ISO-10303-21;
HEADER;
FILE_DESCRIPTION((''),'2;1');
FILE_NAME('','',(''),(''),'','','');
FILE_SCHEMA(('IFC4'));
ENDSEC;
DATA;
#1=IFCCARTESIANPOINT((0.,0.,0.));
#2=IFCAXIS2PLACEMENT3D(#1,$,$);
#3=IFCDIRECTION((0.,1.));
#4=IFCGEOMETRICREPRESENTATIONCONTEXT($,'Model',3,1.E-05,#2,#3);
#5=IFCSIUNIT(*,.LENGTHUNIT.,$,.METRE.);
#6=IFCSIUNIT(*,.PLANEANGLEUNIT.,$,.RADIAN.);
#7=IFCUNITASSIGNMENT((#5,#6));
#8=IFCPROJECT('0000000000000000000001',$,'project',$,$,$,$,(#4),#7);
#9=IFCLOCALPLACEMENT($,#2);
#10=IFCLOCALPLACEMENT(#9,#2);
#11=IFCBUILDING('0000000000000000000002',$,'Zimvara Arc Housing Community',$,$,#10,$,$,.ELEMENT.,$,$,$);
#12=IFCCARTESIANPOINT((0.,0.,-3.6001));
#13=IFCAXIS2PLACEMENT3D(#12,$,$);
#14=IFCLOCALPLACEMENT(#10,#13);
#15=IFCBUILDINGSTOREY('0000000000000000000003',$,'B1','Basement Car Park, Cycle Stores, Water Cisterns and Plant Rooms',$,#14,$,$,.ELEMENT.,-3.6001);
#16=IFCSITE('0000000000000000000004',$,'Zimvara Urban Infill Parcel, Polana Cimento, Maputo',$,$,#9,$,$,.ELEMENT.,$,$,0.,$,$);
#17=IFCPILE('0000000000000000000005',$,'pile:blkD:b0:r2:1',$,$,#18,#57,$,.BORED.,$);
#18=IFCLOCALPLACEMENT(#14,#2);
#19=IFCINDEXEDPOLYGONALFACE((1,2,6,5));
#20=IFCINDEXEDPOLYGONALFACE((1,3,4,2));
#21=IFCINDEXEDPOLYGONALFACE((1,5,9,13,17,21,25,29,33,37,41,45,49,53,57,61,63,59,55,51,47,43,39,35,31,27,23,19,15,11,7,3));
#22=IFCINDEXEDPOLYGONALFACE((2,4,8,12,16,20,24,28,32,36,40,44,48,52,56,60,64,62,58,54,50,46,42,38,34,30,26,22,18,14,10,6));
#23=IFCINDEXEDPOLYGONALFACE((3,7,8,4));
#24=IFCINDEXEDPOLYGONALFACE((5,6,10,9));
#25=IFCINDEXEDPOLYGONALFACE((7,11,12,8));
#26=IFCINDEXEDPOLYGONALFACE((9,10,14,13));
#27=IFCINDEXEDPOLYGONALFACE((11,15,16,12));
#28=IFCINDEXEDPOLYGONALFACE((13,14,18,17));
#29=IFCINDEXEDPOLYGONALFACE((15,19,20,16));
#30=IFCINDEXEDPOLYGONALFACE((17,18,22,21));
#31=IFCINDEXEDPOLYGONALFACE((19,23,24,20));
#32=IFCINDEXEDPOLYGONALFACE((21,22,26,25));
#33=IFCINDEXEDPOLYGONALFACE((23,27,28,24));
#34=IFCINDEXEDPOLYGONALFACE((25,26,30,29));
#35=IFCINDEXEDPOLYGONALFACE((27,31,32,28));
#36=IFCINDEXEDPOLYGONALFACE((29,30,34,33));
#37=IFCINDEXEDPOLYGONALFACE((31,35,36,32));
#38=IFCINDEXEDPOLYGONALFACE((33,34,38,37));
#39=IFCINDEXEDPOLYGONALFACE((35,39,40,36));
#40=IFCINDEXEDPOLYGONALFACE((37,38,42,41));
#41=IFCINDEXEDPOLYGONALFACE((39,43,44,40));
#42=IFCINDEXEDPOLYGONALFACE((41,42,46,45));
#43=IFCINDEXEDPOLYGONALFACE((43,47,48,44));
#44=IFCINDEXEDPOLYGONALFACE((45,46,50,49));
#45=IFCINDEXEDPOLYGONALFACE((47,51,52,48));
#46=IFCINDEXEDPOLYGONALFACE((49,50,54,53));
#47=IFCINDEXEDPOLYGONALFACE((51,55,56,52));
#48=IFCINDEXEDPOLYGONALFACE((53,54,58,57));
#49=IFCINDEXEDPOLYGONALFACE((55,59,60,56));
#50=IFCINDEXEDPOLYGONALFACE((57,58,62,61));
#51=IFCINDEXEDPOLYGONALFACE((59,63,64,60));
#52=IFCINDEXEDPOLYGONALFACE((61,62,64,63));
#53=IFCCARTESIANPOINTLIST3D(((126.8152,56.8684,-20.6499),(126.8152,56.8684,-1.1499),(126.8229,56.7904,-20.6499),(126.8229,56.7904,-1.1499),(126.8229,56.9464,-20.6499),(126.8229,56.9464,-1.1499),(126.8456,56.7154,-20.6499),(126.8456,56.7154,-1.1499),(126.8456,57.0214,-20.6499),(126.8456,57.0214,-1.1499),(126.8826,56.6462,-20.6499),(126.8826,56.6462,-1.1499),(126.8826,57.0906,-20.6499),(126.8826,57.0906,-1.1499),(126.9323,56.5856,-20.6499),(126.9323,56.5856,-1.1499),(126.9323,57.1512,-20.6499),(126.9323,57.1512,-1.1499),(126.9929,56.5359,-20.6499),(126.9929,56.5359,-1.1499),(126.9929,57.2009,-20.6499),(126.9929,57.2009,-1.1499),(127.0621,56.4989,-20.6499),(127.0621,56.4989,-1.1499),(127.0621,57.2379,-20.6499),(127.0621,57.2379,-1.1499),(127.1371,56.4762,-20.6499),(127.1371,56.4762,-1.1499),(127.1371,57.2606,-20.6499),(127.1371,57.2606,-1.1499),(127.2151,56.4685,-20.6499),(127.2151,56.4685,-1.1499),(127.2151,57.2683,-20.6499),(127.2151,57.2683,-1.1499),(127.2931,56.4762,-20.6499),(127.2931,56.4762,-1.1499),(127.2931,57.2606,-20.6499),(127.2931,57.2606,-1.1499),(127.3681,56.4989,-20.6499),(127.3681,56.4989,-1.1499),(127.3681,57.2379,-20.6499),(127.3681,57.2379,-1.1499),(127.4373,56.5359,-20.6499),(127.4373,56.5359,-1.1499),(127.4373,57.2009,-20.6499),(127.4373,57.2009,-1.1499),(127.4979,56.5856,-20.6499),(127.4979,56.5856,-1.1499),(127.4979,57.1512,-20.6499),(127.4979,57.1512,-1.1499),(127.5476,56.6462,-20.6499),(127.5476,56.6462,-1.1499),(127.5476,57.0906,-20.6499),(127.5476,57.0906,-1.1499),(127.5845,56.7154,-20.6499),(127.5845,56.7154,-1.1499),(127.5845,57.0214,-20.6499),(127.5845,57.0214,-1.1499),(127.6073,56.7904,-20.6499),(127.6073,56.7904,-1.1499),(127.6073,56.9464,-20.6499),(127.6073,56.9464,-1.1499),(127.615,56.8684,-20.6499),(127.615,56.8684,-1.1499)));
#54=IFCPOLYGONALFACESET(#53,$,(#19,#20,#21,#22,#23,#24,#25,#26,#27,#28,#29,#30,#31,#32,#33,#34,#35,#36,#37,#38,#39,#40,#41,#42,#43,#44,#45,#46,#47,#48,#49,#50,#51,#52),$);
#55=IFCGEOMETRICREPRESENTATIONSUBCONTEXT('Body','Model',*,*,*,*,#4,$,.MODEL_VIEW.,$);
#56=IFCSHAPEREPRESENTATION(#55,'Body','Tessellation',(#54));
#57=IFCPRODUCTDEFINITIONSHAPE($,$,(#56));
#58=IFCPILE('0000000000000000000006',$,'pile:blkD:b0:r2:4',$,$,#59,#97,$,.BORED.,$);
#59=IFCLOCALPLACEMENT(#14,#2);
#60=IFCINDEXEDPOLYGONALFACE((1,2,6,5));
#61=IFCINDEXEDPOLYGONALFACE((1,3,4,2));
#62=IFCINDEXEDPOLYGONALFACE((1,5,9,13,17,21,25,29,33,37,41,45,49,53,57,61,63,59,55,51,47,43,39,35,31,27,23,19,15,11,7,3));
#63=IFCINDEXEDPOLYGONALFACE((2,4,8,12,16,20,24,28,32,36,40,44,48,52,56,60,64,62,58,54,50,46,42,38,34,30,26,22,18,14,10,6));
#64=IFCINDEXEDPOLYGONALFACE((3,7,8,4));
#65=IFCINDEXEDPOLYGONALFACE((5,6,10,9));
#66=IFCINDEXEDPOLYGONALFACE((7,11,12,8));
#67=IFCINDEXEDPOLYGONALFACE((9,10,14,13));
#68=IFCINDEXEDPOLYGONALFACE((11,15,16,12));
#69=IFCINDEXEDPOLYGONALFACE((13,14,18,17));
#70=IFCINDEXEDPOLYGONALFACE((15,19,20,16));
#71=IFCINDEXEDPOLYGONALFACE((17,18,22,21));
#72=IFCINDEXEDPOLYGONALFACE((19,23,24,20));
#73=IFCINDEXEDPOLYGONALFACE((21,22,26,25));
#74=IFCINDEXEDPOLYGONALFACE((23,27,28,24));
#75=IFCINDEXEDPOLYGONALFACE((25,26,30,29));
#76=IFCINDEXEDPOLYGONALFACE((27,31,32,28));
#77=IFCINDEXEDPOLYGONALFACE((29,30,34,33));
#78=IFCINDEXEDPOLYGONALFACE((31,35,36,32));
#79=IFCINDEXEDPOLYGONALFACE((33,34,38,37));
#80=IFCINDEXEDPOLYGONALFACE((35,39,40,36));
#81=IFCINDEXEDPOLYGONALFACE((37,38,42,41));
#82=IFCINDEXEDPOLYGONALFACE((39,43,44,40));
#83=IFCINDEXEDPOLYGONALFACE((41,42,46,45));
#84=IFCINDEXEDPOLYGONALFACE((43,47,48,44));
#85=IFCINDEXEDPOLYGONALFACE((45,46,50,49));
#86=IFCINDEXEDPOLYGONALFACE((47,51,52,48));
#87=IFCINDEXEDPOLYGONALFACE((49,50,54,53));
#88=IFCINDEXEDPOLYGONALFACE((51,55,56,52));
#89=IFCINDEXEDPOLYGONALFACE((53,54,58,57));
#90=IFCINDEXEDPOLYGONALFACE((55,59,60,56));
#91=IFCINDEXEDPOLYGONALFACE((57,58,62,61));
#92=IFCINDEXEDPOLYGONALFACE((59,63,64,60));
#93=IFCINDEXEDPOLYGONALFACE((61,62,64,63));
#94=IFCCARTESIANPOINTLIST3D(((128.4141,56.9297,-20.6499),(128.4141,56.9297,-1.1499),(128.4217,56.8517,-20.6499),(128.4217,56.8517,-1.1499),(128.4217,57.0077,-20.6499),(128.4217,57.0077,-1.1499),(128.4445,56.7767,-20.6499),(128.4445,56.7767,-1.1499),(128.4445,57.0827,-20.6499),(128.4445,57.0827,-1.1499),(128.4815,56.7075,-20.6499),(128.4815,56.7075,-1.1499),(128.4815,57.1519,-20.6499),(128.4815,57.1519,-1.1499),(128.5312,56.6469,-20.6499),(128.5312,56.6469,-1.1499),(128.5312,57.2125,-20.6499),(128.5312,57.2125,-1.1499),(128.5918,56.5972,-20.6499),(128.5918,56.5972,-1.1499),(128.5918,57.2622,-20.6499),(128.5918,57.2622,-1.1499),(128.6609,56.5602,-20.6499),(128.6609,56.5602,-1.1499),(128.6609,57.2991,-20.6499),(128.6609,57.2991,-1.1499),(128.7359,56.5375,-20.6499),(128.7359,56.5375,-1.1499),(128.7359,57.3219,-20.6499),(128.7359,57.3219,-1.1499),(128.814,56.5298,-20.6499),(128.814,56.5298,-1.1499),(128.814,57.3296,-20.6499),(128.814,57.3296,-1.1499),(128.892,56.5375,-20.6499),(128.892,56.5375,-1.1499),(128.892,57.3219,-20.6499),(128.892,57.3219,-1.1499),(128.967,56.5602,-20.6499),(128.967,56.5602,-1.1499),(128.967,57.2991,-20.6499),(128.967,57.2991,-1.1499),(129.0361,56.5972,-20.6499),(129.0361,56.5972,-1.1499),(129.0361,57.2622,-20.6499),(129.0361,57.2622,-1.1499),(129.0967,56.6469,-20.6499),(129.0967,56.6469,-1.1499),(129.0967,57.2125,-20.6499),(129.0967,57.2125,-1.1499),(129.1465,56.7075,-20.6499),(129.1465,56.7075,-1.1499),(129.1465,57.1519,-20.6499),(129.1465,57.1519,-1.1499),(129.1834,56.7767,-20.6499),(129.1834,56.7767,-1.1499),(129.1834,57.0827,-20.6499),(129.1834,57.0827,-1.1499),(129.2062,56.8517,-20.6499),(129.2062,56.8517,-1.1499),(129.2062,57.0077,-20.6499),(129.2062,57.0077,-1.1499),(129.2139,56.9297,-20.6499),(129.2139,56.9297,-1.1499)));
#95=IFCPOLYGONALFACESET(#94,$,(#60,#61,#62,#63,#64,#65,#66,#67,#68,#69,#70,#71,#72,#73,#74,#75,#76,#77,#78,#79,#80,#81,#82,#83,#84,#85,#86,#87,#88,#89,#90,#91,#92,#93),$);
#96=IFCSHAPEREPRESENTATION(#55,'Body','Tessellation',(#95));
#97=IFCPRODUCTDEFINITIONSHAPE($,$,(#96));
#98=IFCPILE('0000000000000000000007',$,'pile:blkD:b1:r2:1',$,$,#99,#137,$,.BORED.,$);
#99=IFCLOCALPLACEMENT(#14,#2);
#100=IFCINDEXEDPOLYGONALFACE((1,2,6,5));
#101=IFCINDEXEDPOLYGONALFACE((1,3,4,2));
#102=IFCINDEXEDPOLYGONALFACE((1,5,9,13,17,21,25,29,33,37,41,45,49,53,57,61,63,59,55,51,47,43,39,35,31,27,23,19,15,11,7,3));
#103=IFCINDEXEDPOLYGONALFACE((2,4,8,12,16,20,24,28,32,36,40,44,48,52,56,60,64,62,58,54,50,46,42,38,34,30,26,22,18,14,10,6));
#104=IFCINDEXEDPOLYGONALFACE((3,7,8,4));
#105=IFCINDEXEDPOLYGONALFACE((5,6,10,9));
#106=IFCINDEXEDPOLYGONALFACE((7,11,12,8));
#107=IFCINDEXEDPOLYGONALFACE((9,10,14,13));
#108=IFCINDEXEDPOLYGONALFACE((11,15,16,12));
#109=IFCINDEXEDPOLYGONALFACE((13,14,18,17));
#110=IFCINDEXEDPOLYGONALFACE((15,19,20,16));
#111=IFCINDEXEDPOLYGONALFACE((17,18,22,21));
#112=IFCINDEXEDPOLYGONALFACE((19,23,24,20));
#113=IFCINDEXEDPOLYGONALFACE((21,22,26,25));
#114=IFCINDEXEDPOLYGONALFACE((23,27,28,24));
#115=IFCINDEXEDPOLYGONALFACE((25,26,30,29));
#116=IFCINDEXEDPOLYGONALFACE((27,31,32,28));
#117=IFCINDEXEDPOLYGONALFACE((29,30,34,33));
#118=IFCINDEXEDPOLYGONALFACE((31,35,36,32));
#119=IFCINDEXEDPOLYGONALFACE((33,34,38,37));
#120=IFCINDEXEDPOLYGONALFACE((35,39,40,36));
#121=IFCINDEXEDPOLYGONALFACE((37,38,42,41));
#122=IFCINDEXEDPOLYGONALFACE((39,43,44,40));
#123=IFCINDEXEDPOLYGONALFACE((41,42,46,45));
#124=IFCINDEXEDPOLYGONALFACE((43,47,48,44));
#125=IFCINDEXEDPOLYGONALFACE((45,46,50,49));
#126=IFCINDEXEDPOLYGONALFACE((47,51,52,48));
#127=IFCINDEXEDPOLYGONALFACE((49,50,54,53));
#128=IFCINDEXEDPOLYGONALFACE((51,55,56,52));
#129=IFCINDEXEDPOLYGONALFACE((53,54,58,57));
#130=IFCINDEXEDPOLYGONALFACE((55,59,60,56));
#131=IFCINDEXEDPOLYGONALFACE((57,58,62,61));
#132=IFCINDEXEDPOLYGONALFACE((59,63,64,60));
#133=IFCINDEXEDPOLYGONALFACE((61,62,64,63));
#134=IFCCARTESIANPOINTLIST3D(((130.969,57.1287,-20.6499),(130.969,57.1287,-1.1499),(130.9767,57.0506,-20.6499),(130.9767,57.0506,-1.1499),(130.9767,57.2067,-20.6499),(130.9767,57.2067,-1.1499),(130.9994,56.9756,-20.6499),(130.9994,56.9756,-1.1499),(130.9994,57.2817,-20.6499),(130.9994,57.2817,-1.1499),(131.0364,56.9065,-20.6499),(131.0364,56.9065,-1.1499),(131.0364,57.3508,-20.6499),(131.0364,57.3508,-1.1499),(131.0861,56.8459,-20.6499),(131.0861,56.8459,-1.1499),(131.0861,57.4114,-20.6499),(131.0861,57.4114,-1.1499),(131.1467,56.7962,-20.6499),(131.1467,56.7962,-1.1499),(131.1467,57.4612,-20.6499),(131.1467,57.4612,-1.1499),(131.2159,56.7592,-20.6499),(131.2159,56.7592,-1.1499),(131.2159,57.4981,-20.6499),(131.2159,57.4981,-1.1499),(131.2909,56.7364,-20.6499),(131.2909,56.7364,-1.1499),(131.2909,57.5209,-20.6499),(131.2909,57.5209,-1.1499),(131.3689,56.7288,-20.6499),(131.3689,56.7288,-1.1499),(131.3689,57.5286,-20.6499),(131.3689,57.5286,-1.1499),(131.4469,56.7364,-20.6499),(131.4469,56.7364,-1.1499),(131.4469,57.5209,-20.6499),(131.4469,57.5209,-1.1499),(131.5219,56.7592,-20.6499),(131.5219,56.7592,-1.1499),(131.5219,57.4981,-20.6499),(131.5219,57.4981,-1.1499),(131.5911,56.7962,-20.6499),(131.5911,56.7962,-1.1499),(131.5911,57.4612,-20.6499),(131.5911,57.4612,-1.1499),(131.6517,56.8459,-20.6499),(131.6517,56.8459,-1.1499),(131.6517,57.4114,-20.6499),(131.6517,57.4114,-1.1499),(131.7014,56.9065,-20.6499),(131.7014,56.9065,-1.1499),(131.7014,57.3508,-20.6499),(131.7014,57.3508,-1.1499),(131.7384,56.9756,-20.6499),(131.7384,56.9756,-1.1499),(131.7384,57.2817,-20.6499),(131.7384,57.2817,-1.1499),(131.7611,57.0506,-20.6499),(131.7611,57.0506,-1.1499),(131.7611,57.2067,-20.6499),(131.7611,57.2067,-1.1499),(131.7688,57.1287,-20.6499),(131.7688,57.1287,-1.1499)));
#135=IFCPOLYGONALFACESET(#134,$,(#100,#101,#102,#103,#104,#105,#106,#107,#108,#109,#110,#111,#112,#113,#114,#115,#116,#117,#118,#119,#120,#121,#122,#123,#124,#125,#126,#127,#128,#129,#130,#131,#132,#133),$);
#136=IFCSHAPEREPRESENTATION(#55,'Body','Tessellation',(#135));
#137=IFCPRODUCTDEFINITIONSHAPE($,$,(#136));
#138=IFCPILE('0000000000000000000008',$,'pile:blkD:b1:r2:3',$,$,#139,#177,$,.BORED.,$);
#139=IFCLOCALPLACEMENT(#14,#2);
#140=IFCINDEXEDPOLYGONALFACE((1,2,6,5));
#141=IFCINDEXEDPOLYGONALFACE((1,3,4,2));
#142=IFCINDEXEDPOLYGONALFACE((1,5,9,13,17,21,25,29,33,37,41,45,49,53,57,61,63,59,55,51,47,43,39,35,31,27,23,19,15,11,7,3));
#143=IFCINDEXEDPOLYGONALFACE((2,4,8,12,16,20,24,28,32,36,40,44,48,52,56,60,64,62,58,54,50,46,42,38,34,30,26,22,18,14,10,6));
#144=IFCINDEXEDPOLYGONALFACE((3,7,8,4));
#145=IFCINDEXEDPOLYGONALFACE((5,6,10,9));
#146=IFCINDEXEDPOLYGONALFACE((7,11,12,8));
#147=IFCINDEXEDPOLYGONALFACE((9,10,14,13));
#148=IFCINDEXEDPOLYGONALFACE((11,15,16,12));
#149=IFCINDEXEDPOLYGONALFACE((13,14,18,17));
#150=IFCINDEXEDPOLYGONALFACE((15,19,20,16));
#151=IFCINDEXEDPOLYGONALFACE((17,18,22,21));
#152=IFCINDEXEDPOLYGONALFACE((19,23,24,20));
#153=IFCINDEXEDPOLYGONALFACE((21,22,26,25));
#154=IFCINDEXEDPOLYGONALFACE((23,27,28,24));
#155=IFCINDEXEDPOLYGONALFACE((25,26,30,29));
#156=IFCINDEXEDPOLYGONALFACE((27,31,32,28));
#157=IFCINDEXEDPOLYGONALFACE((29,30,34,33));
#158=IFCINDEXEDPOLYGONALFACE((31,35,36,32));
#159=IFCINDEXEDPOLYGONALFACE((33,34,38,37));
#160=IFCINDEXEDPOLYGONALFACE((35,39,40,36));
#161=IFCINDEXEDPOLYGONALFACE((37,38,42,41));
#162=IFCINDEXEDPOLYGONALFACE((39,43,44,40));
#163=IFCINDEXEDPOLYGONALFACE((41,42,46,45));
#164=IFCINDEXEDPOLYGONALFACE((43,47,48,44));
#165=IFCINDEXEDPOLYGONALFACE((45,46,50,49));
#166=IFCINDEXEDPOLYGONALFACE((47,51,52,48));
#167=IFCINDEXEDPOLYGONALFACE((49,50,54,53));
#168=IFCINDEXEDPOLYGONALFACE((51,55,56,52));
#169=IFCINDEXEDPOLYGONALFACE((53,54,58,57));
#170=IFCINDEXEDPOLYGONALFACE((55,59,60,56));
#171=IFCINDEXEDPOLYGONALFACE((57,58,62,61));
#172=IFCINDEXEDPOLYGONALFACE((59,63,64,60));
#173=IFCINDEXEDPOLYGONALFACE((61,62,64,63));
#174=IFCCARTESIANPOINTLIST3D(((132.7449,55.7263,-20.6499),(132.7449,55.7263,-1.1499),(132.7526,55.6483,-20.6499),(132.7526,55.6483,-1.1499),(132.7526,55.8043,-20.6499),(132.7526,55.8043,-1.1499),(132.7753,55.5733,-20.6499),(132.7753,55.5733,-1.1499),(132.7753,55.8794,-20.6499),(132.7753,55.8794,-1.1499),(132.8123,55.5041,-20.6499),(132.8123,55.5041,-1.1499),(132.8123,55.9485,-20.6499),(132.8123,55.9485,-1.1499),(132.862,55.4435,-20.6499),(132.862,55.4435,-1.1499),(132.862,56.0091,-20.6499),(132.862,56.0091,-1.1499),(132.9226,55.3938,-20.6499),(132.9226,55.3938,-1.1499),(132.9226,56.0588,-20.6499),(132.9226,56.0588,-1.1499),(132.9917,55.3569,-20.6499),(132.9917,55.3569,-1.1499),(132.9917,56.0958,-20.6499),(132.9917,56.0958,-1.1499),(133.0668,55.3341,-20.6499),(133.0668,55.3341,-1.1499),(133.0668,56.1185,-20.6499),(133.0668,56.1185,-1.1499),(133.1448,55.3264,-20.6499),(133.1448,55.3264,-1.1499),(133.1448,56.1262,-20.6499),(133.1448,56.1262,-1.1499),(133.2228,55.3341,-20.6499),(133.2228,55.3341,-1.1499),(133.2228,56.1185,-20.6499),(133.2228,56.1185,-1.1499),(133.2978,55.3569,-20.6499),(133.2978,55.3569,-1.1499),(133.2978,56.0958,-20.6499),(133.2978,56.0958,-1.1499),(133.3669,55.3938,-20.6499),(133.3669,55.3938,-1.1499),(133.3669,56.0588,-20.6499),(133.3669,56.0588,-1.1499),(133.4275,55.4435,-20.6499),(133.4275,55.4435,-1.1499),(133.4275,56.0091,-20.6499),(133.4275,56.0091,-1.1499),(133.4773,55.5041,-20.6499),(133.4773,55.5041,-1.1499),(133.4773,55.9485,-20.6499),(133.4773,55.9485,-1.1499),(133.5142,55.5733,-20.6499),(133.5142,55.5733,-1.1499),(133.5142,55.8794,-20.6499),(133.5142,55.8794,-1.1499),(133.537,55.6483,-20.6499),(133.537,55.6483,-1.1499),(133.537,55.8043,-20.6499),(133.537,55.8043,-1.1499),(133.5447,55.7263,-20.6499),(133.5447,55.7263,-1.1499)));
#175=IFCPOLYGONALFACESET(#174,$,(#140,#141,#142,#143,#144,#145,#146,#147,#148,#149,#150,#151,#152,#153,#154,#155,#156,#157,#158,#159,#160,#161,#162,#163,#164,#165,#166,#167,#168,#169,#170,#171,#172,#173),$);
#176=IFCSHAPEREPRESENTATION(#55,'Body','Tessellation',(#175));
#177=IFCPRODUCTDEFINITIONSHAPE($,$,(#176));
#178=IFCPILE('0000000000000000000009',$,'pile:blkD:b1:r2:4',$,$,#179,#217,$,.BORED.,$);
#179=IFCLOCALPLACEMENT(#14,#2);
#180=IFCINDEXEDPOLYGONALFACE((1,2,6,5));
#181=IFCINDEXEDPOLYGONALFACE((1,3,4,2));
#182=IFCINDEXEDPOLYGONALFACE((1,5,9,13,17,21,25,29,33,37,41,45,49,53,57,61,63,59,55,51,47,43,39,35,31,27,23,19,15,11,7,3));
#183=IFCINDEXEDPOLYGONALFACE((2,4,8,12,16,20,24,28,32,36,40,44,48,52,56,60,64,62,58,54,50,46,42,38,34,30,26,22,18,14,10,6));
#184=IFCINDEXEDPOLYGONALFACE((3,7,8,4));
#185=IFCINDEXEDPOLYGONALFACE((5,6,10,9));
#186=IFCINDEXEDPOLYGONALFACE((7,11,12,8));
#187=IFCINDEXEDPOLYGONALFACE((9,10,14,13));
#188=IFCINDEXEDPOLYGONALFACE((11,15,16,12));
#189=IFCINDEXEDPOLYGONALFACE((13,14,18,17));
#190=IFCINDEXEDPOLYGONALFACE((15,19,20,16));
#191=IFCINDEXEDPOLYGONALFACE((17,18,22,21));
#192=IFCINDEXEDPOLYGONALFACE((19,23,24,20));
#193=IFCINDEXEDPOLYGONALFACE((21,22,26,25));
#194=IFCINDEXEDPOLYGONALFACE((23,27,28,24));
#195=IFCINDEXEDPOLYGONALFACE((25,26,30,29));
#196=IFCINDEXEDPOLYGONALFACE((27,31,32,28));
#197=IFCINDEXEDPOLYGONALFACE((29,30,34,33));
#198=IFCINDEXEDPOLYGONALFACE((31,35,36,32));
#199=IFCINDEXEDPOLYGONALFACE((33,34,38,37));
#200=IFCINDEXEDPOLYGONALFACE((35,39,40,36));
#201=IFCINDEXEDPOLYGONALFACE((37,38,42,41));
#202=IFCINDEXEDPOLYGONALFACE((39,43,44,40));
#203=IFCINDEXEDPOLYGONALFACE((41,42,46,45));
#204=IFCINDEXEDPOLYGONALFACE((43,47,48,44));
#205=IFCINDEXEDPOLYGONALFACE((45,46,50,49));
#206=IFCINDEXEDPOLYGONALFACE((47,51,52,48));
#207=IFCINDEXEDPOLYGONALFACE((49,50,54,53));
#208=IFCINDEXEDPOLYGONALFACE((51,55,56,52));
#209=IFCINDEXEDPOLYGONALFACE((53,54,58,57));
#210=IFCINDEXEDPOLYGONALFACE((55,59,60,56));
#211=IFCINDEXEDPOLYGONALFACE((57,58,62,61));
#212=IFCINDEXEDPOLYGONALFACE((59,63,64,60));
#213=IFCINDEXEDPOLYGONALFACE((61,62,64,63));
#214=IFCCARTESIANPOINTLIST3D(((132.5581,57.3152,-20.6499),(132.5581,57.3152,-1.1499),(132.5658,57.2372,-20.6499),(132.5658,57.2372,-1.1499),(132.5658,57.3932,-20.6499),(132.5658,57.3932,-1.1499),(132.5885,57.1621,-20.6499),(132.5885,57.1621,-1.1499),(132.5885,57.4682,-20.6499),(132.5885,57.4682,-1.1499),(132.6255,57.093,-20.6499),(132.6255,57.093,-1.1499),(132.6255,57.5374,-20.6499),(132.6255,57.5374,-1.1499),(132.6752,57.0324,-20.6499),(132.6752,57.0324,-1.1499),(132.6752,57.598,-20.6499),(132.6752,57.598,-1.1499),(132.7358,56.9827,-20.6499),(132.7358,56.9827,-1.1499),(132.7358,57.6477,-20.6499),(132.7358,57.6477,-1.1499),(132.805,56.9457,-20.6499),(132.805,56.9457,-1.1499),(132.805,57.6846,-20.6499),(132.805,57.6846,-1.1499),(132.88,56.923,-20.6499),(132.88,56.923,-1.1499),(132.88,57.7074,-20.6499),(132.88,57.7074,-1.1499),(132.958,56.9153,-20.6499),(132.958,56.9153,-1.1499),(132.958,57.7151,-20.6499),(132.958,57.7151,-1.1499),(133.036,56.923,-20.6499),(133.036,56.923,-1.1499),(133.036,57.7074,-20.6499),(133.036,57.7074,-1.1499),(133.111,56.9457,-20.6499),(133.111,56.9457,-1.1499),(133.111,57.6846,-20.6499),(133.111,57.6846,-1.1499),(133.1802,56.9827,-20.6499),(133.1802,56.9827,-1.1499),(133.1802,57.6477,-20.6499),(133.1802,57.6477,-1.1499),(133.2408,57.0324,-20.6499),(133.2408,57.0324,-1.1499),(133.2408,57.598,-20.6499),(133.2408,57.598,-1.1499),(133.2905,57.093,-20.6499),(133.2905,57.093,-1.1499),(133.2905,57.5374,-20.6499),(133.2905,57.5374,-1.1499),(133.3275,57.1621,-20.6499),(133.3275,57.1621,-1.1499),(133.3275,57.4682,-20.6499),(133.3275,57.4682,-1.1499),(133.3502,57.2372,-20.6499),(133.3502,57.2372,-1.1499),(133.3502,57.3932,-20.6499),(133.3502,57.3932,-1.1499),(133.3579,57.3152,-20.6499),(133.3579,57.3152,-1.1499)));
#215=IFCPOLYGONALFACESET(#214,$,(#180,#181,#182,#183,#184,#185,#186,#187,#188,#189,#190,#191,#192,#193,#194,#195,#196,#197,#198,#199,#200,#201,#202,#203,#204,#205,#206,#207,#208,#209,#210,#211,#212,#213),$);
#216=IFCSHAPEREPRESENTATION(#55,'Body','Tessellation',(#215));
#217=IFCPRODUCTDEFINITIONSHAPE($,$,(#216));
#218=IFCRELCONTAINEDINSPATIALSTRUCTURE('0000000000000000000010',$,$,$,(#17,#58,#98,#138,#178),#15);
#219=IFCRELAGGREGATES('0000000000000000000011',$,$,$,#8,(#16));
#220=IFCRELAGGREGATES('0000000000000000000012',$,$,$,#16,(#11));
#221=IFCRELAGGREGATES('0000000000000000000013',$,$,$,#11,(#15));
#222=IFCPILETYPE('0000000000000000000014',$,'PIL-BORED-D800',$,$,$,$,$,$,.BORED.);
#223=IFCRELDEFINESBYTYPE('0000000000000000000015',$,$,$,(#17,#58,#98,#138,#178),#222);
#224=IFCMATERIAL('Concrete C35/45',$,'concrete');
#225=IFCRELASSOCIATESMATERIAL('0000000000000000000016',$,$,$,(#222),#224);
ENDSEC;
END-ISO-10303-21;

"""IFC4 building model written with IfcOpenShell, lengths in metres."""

from ifc_helpers import new_model, si_unit, direction, frame, origin, origin_2d, place, context, subcontext, project, spatial, circle, extrude, material, material_profile, profile_set, type_object, element, save


model = new_model("IFC4")

# Units and contexts
model_context = context("Model", 3, precision=1e-05, world=origin(), true_north=direction((0.0, 1.0)))
body_context = subcontext(model_context, "Body", "Model", "MODEL_VIEW")
ifc_project = project(units=[si_unit("LENGTHUNIT", "METRE"), si_unit("PLANEANGLEUNIT", "RADIAN")], contexts=[model_context])

# Site, building, storey
site_placement = place(None, origin())
site = spatial("IfcSite", under=ifc_project, at=site_placement, Name="Zimvara Urban Infill Parcel, Polana Cimento, Maputo", CompositionType="ELEMENT", RefElevation=0.0)
building_placement = place(site_placement, origin())
building = spatial("IfcBuilding", under=site, at=building_placement, Name="Zimvara Arc Housing Community", CompositionType="ELEMENT")
storey_placement = place(building_placement, frame((0.0, 0.0, -3.6001)))
storey = spatial("IfcBuildingStorey", under=building, at=storey_placement, Name="B1", Description="Basement Car Park, Cycle Stores, Water Cisterns and Plant Rooms", CompositionType="ELEMENT", Elevation=-3.6001)

# Piles
ifc_material_1 = material(Name="Concrete C35/45", Category="concrete")
ifc_material_profile_1 = material_profile(ifc_material_1, circle(Radius=0.3999, at=origin_2d()), Name="PILE D800")
ifc_profile_set_1 = profile_set([ifc_material_profile_1], Name="Concrete C35/45")
pile_type = type_object("IfcPileType", Name="PIL-BORED-D800", PredefinedType="BORED", material=ifc_profile_set_1)
for number, where, z_axis, x_axis, name in (
    (1, (127.2151, 56.8684, -1.1499), (0.0, 0.0, -1.0), (1.0, 0.0, 0.0), "pile:blkD:b0:r2:1"),
    (2, (128.814, 56.9297, -1.1499), (0.0, 0.0, -1.0), (1.0, 0.0, 0.0), "pile:blkD:b0:r2:4"),
    (3, (131.3689, 57.1287, -1.1499), (0.0, 0.0, -1.0), (1.0, 0.0, 0.0), "pile:blkD:b1:r2:1"),
    (4, (133.1448, 55.7263, -1.1499), (0.0, 0.0, -1.0), (1.0, 0.0, 0.0), "pile:blkD:b1:r2:3"),
    (5, (132.958, 57.3152, -1.1499), (0.0, 0.0, -1.0), (1.0, 0.0, 0.0), "pile:blkD:b1:r2:4"),
):
    element("IfcPile", number, at=place(storey_placement, frame(where, z_axis=z_axis, x_axis=x_axis)), inside=storey, type_object=pile_type, Name=name, PredefinedType="BORED", context=body_context, shape_type="SweptSolid", body=[
        extrude(circle(Radius=0.3999, at=origin_2d()), origin(), (0.0, 0.0, 1.0), 19.5),
    ])

save(model, "model.ifc")
